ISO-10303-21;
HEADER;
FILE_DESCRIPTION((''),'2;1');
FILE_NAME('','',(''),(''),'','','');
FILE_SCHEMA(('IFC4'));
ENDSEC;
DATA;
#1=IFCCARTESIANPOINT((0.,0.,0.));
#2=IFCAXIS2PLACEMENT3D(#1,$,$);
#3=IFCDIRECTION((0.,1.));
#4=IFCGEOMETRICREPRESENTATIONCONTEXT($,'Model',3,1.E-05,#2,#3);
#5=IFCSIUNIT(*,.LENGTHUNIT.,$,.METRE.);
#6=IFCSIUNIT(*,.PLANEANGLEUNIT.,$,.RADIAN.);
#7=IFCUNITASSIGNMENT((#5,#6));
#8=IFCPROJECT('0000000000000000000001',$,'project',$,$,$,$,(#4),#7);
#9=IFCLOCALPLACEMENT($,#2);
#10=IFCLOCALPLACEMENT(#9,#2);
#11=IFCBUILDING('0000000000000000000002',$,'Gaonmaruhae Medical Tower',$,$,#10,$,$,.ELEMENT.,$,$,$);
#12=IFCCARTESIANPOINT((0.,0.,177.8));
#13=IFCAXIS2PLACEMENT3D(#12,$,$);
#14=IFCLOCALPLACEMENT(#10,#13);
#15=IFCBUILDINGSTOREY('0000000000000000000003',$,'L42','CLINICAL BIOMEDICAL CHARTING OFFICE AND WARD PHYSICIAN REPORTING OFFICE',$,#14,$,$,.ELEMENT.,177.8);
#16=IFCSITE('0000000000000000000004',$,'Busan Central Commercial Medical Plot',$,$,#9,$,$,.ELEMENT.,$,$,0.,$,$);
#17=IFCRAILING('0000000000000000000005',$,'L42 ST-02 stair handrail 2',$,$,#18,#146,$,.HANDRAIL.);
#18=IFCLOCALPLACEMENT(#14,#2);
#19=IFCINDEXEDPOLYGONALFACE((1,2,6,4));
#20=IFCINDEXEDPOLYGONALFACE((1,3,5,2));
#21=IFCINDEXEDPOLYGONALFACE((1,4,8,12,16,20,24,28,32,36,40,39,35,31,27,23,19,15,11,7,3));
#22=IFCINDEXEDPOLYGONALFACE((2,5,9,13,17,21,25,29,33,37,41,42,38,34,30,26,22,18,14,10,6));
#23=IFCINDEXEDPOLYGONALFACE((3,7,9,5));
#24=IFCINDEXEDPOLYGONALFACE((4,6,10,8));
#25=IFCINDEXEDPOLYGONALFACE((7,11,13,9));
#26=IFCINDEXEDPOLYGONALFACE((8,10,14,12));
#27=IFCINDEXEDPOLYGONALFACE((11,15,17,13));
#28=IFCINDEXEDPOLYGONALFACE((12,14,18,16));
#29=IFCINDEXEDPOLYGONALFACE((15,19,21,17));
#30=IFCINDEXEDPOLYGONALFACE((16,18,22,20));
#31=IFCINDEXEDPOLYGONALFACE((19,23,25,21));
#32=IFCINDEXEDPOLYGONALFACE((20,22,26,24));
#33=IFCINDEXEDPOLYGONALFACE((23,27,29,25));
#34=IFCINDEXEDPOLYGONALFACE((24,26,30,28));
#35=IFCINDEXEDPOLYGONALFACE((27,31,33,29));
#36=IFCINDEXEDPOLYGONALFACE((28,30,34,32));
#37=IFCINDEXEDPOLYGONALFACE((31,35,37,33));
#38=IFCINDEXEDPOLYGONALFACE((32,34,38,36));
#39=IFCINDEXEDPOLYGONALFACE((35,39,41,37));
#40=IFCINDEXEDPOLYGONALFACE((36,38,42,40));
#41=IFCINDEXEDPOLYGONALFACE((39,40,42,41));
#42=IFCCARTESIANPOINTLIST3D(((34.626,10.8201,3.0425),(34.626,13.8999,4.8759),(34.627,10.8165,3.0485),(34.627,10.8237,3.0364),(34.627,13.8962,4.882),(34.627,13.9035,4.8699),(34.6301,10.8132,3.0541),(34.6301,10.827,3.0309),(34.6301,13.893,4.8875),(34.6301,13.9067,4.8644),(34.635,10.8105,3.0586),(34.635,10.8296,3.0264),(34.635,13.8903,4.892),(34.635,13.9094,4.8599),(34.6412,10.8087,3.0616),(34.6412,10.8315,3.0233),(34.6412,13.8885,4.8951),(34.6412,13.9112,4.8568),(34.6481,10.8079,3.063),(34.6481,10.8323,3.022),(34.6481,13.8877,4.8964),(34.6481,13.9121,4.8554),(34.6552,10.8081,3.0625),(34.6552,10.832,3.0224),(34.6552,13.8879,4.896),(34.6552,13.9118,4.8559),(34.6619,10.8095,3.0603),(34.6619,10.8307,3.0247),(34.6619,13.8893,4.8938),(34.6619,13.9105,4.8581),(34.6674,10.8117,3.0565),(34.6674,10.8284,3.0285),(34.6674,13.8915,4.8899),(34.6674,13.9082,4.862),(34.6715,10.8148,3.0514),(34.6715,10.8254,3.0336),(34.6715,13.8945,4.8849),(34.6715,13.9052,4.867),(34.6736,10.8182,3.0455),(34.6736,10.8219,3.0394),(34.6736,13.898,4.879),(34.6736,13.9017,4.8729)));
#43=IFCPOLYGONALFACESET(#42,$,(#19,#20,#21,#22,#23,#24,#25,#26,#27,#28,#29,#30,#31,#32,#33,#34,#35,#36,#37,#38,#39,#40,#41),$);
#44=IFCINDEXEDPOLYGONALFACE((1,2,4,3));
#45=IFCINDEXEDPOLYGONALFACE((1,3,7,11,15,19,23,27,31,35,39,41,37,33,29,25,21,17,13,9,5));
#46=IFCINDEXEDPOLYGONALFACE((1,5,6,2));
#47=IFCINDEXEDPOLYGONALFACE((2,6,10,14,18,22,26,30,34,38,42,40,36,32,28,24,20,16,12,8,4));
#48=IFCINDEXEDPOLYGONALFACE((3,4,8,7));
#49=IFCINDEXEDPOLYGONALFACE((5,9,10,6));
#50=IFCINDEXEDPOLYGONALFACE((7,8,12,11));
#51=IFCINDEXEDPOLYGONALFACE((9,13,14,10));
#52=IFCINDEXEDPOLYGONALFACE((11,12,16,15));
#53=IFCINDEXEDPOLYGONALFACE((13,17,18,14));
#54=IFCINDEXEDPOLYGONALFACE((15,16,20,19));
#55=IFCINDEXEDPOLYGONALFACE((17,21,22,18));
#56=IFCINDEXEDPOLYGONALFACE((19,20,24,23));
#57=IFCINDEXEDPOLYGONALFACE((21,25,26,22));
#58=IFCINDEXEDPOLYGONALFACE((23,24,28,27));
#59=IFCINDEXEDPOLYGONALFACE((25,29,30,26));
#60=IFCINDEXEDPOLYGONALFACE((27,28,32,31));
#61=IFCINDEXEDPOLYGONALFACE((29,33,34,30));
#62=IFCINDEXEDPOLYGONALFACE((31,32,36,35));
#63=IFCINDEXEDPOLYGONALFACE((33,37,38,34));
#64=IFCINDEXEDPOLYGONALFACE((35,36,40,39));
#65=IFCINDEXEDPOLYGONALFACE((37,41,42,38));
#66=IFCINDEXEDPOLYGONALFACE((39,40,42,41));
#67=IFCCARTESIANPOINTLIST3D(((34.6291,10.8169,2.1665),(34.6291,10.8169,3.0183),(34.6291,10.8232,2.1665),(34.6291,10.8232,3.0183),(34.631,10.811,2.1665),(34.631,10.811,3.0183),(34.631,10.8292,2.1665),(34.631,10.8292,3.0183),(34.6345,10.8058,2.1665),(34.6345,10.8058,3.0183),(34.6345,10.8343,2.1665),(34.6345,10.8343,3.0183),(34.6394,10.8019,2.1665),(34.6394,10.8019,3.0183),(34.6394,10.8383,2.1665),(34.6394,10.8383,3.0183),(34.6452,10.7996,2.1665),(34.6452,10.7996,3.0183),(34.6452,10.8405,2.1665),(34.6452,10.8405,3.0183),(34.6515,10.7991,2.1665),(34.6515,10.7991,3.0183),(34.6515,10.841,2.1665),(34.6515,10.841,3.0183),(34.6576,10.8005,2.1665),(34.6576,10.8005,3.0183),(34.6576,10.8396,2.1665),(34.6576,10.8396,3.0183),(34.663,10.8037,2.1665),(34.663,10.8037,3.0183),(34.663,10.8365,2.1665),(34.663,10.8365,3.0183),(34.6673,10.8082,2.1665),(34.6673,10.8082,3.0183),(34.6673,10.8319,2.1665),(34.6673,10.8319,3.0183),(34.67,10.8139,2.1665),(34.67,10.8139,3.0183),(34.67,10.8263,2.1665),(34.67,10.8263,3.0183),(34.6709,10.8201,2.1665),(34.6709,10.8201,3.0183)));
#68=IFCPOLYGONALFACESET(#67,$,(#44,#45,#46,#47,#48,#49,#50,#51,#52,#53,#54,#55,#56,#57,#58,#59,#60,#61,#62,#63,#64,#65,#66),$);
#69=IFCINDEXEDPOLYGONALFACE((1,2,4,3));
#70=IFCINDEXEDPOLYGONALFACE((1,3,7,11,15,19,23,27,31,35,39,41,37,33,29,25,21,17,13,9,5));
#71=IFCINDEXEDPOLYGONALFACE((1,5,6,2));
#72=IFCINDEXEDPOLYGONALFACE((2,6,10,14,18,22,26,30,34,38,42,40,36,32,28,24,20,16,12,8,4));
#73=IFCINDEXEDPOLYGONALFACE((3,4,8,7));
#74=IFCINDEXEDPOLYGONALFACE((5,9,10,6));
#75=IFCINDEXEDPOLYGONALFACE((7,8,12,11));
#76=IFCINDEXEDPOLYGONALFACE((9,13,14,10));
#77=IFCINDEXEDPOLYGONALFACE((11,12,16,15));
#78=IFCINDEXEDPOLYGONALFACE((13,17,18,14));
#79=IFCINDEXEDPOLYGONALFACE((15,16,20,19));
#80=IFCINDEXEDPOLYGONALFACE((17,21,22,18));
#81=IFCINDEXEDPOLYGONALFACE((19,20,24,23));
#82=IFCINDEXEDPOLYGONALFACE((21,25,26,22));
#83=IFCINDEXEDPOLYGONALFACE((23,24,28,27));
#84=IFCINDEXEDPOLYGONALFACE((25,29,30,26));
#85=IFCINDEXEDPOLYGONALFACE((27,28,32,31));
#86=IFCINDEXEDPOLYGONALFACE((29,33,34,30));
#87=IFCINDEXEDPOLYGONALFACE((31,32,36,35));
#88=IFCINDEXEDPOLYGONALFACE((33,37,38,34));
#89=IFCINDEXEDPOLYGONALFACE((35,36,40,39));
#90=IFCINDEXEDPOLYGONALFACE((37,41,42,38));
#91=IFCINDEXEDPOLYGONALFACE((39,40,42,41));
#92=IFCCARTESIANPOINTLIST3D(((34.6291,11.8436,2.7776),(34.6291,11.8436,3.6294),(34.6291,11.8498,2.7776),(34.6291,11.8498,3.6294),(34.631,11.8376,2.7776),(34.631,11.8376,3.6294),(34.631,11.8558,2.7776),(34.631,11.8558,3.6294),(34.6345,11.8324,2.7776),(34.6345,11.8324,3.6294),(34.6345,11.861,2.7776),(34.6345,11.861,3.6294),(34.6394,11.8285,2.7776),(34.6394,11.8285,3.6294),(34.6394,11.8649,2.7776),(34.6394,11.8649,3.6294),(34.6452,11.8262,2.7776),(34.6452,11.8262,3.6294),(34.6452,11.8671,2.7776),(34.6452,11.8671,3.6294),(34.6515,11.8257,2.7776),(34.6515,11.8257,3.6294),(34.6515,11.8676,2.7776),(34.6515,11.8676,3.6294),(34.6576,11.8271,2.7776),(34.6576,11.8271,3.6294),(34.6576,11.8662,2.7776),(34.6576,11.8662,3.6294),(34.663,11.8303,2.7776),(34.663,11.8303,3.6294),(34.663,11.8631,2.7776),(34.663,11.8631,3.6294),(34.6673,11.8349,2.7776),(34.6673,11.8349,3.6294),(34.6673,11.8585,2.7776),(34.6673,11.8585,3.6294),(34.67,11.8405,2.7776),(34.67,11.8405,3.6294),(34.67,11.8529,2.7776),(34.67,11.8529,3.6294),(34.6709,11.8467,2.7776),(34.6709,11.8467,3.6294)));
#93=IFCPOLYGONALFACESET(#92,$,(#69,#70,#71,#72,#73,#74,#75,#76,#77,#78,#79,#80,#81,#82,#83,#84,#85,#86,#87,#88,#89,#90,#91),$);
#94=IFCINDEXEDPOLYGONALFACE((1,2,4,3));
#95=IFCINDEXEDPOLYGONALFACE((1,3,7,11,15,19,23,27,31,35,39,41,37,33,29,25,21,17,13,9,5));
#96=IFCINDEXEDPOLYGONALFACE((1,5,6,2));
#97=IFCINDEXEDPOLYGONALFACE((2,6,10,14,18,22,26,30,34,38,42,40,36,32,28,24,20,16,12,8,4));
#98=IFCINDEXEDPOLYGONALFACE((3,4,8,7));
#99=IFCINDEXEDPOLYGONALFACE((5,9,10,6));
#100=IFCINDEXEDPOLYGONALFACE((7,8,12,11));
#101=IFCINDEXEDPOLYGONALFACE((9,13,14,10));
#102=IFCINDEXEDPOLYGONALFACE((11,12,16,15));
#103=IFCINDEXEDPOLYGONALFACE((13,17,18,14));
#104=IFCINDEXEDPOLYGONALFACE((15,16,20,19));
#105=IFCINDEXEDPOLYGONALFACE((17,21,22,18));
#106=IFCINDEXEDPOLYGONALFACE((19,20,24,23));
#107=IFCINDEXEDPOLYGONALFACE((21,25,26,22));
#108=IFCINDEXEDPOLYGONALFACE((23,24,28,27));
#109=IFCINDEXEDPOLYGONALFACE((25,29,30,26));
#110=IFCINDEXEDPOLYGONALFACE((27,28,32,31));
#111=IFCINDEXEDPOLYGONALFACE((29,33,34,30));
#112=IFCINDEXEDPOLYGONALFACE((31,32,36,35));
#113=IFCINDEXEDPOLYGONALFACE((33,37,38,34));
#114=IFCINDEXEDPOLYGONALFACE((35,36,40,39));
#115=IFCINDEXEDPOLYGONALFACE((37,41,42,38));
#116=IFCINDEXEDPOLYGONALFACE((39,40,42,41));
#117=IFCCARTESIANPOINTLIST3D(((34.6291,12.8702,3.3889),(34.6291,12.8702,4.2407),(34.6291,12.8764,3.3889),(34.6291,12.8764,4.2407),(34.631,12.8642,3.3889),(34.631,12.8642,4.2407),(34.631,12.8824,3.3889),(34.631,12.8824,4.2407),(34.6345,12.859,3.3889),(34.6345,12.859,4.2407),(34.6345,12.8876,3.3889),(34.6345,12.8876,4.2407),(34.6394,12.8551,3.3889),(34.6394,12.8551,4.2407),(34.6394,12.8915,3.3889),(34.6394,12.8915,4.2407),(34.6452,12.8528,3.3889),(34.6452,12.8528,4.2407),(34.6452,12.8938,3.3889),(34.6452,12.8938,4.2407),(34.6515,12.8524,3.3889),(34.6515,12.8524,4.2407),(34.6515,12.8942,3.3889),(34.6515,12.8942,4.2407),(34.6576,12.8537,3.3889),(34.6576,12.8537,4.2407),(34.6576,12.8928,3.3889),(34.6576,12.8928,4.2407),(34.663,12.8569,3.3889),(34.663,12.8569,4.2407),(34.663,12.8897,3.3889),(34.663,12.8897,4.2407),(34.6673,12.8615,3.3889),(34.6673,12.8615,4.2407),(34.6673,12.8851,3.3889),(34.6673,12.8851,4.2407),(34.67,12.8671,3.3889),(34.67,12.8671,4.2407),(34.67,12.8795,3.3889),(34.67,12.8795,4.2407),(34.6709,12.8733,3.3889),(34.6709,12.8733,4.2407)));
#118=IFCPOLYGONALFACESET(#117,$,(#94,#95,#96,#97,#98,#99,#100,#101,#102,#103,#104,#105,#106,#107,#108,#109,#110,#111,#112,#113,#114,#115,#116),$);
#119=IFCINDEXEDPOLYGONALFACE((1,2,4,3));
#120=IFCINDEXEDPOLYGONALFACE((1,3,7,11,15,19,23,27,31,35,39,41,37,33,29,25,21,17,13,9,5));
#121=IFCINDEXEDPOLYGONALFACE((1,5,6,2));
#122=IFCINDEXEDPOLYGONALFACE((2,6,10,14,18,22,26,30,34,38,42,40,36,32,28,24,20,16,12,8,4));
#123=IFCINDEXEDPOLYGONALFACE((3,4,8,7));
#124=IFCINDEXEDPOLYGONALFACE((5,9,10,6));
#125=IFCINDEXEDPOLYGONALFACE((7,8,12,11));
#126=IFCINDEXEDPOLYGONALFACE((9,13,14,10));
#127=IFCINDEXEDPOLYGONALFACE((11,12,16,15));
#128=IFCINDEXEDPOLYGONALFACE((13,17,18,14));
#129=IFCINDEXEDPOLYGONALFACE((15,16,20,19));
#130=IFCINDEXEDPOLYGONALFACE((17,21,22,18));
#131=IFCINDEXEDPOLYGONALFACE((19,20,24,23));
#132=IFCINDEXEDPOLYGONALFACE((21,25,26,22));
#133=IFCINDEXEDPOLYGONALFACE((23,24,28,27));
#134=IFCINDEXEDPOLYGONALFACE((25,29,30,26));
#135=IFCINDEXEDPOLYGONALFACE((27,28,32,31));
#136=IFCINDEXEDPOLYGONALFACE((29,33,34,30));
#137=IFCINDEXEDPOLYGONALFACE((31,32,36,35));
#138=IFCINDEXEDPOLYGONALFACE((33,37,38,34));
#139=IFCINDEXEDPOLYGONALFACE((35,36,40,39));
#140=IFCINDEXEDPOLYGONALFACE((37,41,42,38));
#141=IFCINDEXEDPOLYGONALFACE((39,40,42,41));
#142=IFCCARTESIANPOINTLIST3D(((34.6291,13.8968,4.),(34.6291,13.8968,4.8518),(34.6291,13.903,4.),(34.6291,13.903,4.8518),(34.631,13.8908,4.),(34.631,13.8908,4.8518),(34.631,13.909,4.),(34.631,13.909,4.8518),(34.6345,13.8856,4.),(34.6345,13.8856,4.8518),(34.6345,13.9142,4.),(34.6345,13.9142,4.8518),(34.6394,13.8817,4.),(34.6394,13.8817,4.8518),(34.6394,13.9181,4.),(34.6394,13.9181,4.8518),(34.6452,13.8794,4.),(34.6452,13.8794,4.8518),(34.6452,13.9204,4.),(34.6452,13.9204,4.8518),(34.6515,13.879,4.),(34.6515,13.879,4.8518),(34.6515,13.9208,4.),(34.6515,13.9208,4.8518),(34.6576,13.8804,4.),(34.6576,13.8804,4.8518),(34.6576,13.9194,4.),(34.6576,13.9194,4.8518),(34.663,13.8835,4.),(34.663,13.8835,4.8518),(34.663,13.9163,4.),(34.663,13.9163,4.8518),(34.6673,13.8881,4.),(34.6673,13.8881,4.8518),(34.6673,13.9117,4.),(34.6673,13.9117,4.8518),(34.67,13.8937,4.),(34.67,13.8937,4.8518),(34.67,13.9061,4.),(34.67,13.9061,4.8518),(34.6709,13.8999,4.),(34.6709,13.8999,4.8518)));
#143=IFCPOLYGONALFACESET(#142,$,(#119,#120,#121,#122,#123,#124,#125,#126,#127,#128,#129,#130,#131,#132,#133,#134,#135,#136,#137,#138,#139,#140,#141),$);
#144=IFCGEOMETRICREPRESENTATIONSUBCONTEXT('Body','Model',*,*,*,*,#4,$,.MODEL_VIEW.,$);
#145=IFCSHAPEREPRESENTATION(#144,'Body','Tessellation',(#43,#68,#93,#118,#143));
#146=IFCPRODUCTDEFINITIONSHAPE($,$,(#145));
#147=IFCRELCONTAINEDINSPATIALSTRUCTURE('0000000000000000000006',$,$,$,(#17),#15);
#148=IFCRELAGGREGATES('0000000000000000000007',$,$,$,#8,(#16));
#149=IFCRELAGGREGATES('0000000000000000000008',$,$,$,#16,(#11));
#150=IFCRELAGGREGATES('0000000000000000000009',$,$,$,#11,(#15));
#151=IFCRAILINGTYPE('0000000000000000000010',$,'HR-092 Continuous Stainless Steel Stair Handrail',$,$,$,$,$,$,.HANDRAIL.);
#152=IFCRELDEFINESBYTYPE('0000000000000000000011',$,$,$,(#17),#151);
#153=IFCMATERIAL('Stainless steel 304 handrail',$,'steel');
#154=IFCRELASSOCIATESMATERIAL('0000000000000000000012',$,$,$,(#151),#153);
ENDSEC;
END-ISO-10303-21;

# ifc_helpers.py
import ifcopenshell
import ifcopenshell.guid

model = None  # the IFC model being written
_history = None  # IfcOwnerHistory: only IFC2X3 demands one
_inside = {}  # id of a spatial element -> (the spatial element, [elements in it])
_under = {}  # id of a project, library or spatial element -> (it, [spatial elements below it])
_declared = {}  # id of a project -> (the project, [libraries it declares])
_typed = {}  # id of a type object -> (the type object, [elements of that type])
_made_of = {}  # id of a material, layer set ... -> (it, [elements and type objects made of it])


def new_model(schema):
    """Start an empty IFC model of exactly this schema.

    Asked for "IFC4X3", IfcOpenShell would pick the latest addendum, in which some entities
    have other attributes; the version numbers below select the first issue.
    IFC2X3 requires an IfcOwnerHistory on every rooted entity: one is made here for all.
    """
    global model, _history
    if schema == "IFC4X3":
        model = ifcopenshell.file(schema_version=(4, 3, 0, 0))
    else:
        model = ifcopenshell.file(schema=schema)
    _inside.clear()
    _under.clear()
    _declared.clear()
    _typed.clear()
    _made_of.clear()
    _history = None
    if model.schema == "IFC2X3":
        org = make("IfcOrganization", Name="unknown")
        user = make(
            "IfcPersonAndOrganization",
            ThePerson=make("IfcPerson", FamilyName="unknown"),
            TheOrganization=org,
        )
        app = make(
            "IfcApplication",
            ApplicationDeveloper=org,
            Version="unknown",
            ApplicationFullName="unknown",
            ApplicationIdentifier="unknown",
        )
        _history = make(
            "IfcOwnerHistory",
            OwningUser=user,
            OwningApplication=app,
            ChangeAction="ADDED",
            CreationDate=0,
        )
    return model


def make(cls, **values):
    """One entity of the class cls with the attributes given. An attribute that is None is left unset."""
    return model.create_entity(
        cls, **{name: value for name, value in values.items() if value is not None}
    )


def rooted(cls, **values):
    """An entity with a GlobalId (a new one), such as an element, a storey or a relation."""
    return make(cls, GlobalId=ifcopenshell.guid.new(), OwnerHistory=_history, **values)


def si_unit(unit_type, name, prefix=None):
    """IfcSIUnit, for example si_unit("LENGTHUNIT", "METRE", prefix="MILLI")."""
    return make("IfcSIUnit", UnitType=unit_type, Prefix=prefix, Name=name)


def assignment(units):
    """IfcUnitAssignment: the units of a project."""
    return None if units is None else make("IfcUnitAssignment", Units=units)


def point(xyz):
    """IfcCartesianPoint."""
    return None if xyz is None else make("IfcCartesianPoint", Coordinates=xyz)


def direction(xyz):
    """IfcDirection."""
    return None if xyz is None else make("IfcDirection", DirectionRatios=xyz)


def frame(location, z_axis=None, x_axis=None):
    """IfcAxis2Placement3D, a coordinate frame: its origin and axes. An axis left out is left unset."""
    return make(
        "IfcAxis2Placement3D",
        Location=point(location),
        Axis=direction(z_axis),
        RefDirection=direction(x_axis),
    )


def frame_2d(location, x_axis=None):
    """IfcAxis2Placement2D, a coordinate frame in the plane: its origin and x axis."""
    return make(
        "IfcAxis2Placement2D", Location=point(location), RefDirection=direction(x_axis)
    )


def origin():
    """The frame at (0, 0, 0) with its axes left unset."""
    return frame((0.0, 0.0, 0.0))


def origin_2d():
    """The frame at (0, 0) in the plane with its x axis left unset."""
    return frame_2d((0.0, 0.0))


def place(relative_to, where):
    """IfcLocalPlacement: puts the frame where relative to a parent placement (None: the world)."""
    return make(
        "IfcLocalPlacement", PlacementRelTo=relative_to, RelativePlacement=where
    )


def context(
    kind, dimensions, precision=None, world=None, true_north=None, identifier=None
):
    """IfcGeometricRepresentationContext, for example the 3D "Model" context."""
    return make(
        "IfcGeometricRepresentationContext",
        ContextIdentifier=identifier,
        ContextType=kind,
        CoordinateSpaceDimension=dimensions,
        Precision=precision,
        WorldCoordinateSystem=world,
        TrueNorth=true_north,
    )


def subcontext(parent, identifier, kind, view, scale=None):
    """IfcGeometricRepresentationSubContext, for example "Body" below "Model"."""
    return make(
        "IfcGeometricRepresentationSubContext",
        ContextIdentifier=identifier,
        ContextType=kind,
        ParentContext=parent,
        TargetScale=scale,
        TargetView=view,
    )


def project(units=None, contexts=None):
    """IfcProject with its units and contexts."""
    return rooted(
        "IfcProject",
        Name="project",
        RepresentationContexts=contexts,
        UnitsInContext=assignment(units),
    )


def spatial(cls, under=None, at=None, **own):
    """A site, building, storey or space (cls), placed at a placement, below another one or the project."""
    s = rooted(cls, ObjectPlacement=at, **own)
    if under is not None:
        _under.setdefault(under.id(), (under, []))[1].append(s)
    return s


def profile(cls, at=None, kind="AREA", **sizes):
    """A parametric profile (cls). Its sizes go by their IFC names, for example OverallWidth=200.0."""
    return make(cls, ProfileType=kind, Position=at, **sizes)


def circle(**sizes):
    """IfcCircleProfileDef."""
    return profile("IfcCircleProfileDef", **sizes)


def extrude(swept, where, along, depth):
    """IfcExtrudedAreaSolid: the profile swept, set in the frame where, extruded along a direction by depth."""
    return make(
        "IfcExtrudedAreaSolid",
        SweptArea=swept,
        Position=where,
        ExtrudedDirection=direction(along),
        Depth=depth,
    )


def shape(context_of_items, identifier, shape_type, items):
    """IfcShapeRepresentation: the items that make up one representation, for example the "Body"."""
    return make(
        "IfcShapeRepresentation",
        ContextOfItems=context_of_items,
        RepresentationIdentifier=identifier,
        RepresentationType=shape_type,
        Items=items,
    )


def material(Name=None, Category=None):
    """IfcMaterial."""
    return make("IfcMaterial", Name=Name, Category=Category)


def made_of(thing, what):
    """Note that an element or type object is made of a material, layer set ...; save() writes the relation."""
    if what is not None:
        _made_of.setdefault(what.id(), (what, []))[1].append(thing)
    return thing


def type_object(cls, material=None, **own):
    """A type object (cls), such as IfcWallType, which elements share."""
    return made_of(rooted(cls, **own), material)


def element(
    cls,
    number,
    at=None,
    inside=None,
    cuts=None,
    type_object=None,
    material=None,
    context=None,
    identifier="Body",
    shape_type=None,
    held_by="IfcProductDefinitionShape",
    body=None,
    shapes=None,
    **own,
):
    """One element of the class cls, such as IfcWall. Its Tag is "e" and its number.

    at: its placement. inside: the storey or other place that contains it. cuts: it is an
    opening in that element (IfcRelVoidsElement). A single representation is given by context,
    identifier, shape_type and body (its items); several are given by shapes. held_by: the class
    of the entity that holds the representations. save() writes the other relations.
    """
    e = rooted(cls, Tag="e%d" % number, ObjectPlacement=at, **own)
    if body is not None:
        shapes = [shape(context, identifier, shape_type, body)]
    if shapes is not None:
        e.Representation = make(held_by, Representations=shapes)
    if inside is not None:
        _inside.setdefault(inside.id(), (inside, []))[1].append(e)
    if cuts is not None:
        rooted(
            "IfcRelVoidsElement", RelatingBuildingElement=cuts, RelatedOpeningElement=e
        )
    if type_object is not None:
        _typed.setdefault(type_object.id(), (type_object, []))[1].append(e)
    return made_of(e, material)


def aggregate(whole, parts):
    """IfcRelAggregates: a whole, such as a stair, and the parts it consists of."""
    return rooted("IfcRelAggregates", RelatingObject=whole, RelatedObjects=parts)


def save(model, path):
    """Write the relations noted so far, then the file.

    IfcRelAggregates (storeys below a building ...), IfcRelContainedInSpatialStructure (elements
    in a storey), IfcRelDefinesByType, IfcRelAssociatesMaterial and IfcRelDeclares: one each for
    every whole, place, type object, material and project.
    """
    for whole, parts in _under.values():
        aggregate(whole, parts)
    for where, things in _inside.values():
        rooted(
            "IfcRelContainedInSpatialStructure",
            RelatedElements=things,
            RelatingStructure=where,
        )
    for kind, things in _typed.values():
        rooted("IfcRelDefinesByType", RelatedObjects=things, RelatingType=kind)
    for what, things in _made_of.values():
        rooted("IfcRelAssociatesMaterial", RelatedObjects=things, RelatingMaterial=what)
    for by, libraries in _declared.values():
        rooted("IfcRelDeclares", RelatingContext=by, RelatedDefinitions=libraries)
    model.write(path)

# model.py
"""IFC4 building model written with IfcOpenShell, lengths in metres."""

from ifc_helpers import new_model, si_unit, direction, frame, origin, origin_2d, place, context, subcontext, project, spatial, circle, extrude, material, type_object, element, save


model = new_model("IFC4")

# Units and contexts
model_context = context("Model", 3, precision=1e-05, world=origin(), true_north=direction((0.0, 1.0)))
body_context = subcontext(model_context, "Body", "Model", "MODEL_VIEW")
ifc_project = project(units=[si_unit("LENGTHUNIT", "METRE"), si_unit("PLANEANGLEUNIT", "RADIAN")], contexts=[model_context])

# Site, building, storey
site_placement = place(None, origin())
site = spatial("IfcSite", under=ifc_project, at=site_placement, Name="Busan Central Commercial Medical Plot", CompositionType="ELEMENT", RefElevation=0.0)
building_placement = place(site_placement, origin())
building = spatial("IfcBuilding", under=site, at=building_placement, Name="Gaonmaruhae Medical Tower", CompositionType="ELEMENT")
storey_placement = place(building_placement, frame((0.0, 0.0, 177.8)))
storey = spatial("IfcBuildingStorey", under=building, at=storey_placement, Name="L42", Description="CLINICAL BIOMEDICAL CHARTING OFFICE AND WARD PHYSICIAN REPORTING OFFICE", CompositionType="ELEMENT", Elevation=177.8)

# Railing
ifc_material_1 = material(Name="Stainless steel 304 handrail", Category="steel")
railing_type_1 = type_object("IfcRailingType", Name="HR-092 Continuous Stainless Steel Stair Handrail", PredefinedType="HANDRAIL", material=ifc_material_1)
railing_1_placement = place(storey_placement, frame((34.6499, 10.8201, 2.1665)))
element("IfcRailing", 1, at=railing_1_placement, inside=storey, type_object=railing_type_1, Name="L42 ST-02 stair handrail 2", PredefinedType="HANDRAIL", context=body_context, shape_type="SweptSolid", body=[
    extrude(circle(Radius=0.0239, at=origin_2d()), frame((0.0, 0.0, 0.876), z_axis=(0.0, 0.859261, 0.511538), x_axis=(-1.0, 0.0, 0.0)), (0.0, 0.0, 1.0), 3.5842),
    extrude(circle(Radius=0.021, at=origin_2d()), origin(), (0.0, 0.0, 1.0), 0.8518),
    extrude(circle(Radius=0.021, at=origin_2d()), frame((0.0, 1.0266, 0.6111)), (0.0, 0.0, 1.0), 0.8518),
    extrude(circle(Radius=0.021, at=origin_2d()), frame((0.0, 2.0532, 1.2224)), (0.0, 0.0, 1.0), 0.8518),
    extrude(circle(Radius=0.021, at=origin_2d()), frame((0.0, 3.0798, 1.8335)), (0.0, 0.0, 1.0), 0.8518),
])

save(model, "model.ifc")
